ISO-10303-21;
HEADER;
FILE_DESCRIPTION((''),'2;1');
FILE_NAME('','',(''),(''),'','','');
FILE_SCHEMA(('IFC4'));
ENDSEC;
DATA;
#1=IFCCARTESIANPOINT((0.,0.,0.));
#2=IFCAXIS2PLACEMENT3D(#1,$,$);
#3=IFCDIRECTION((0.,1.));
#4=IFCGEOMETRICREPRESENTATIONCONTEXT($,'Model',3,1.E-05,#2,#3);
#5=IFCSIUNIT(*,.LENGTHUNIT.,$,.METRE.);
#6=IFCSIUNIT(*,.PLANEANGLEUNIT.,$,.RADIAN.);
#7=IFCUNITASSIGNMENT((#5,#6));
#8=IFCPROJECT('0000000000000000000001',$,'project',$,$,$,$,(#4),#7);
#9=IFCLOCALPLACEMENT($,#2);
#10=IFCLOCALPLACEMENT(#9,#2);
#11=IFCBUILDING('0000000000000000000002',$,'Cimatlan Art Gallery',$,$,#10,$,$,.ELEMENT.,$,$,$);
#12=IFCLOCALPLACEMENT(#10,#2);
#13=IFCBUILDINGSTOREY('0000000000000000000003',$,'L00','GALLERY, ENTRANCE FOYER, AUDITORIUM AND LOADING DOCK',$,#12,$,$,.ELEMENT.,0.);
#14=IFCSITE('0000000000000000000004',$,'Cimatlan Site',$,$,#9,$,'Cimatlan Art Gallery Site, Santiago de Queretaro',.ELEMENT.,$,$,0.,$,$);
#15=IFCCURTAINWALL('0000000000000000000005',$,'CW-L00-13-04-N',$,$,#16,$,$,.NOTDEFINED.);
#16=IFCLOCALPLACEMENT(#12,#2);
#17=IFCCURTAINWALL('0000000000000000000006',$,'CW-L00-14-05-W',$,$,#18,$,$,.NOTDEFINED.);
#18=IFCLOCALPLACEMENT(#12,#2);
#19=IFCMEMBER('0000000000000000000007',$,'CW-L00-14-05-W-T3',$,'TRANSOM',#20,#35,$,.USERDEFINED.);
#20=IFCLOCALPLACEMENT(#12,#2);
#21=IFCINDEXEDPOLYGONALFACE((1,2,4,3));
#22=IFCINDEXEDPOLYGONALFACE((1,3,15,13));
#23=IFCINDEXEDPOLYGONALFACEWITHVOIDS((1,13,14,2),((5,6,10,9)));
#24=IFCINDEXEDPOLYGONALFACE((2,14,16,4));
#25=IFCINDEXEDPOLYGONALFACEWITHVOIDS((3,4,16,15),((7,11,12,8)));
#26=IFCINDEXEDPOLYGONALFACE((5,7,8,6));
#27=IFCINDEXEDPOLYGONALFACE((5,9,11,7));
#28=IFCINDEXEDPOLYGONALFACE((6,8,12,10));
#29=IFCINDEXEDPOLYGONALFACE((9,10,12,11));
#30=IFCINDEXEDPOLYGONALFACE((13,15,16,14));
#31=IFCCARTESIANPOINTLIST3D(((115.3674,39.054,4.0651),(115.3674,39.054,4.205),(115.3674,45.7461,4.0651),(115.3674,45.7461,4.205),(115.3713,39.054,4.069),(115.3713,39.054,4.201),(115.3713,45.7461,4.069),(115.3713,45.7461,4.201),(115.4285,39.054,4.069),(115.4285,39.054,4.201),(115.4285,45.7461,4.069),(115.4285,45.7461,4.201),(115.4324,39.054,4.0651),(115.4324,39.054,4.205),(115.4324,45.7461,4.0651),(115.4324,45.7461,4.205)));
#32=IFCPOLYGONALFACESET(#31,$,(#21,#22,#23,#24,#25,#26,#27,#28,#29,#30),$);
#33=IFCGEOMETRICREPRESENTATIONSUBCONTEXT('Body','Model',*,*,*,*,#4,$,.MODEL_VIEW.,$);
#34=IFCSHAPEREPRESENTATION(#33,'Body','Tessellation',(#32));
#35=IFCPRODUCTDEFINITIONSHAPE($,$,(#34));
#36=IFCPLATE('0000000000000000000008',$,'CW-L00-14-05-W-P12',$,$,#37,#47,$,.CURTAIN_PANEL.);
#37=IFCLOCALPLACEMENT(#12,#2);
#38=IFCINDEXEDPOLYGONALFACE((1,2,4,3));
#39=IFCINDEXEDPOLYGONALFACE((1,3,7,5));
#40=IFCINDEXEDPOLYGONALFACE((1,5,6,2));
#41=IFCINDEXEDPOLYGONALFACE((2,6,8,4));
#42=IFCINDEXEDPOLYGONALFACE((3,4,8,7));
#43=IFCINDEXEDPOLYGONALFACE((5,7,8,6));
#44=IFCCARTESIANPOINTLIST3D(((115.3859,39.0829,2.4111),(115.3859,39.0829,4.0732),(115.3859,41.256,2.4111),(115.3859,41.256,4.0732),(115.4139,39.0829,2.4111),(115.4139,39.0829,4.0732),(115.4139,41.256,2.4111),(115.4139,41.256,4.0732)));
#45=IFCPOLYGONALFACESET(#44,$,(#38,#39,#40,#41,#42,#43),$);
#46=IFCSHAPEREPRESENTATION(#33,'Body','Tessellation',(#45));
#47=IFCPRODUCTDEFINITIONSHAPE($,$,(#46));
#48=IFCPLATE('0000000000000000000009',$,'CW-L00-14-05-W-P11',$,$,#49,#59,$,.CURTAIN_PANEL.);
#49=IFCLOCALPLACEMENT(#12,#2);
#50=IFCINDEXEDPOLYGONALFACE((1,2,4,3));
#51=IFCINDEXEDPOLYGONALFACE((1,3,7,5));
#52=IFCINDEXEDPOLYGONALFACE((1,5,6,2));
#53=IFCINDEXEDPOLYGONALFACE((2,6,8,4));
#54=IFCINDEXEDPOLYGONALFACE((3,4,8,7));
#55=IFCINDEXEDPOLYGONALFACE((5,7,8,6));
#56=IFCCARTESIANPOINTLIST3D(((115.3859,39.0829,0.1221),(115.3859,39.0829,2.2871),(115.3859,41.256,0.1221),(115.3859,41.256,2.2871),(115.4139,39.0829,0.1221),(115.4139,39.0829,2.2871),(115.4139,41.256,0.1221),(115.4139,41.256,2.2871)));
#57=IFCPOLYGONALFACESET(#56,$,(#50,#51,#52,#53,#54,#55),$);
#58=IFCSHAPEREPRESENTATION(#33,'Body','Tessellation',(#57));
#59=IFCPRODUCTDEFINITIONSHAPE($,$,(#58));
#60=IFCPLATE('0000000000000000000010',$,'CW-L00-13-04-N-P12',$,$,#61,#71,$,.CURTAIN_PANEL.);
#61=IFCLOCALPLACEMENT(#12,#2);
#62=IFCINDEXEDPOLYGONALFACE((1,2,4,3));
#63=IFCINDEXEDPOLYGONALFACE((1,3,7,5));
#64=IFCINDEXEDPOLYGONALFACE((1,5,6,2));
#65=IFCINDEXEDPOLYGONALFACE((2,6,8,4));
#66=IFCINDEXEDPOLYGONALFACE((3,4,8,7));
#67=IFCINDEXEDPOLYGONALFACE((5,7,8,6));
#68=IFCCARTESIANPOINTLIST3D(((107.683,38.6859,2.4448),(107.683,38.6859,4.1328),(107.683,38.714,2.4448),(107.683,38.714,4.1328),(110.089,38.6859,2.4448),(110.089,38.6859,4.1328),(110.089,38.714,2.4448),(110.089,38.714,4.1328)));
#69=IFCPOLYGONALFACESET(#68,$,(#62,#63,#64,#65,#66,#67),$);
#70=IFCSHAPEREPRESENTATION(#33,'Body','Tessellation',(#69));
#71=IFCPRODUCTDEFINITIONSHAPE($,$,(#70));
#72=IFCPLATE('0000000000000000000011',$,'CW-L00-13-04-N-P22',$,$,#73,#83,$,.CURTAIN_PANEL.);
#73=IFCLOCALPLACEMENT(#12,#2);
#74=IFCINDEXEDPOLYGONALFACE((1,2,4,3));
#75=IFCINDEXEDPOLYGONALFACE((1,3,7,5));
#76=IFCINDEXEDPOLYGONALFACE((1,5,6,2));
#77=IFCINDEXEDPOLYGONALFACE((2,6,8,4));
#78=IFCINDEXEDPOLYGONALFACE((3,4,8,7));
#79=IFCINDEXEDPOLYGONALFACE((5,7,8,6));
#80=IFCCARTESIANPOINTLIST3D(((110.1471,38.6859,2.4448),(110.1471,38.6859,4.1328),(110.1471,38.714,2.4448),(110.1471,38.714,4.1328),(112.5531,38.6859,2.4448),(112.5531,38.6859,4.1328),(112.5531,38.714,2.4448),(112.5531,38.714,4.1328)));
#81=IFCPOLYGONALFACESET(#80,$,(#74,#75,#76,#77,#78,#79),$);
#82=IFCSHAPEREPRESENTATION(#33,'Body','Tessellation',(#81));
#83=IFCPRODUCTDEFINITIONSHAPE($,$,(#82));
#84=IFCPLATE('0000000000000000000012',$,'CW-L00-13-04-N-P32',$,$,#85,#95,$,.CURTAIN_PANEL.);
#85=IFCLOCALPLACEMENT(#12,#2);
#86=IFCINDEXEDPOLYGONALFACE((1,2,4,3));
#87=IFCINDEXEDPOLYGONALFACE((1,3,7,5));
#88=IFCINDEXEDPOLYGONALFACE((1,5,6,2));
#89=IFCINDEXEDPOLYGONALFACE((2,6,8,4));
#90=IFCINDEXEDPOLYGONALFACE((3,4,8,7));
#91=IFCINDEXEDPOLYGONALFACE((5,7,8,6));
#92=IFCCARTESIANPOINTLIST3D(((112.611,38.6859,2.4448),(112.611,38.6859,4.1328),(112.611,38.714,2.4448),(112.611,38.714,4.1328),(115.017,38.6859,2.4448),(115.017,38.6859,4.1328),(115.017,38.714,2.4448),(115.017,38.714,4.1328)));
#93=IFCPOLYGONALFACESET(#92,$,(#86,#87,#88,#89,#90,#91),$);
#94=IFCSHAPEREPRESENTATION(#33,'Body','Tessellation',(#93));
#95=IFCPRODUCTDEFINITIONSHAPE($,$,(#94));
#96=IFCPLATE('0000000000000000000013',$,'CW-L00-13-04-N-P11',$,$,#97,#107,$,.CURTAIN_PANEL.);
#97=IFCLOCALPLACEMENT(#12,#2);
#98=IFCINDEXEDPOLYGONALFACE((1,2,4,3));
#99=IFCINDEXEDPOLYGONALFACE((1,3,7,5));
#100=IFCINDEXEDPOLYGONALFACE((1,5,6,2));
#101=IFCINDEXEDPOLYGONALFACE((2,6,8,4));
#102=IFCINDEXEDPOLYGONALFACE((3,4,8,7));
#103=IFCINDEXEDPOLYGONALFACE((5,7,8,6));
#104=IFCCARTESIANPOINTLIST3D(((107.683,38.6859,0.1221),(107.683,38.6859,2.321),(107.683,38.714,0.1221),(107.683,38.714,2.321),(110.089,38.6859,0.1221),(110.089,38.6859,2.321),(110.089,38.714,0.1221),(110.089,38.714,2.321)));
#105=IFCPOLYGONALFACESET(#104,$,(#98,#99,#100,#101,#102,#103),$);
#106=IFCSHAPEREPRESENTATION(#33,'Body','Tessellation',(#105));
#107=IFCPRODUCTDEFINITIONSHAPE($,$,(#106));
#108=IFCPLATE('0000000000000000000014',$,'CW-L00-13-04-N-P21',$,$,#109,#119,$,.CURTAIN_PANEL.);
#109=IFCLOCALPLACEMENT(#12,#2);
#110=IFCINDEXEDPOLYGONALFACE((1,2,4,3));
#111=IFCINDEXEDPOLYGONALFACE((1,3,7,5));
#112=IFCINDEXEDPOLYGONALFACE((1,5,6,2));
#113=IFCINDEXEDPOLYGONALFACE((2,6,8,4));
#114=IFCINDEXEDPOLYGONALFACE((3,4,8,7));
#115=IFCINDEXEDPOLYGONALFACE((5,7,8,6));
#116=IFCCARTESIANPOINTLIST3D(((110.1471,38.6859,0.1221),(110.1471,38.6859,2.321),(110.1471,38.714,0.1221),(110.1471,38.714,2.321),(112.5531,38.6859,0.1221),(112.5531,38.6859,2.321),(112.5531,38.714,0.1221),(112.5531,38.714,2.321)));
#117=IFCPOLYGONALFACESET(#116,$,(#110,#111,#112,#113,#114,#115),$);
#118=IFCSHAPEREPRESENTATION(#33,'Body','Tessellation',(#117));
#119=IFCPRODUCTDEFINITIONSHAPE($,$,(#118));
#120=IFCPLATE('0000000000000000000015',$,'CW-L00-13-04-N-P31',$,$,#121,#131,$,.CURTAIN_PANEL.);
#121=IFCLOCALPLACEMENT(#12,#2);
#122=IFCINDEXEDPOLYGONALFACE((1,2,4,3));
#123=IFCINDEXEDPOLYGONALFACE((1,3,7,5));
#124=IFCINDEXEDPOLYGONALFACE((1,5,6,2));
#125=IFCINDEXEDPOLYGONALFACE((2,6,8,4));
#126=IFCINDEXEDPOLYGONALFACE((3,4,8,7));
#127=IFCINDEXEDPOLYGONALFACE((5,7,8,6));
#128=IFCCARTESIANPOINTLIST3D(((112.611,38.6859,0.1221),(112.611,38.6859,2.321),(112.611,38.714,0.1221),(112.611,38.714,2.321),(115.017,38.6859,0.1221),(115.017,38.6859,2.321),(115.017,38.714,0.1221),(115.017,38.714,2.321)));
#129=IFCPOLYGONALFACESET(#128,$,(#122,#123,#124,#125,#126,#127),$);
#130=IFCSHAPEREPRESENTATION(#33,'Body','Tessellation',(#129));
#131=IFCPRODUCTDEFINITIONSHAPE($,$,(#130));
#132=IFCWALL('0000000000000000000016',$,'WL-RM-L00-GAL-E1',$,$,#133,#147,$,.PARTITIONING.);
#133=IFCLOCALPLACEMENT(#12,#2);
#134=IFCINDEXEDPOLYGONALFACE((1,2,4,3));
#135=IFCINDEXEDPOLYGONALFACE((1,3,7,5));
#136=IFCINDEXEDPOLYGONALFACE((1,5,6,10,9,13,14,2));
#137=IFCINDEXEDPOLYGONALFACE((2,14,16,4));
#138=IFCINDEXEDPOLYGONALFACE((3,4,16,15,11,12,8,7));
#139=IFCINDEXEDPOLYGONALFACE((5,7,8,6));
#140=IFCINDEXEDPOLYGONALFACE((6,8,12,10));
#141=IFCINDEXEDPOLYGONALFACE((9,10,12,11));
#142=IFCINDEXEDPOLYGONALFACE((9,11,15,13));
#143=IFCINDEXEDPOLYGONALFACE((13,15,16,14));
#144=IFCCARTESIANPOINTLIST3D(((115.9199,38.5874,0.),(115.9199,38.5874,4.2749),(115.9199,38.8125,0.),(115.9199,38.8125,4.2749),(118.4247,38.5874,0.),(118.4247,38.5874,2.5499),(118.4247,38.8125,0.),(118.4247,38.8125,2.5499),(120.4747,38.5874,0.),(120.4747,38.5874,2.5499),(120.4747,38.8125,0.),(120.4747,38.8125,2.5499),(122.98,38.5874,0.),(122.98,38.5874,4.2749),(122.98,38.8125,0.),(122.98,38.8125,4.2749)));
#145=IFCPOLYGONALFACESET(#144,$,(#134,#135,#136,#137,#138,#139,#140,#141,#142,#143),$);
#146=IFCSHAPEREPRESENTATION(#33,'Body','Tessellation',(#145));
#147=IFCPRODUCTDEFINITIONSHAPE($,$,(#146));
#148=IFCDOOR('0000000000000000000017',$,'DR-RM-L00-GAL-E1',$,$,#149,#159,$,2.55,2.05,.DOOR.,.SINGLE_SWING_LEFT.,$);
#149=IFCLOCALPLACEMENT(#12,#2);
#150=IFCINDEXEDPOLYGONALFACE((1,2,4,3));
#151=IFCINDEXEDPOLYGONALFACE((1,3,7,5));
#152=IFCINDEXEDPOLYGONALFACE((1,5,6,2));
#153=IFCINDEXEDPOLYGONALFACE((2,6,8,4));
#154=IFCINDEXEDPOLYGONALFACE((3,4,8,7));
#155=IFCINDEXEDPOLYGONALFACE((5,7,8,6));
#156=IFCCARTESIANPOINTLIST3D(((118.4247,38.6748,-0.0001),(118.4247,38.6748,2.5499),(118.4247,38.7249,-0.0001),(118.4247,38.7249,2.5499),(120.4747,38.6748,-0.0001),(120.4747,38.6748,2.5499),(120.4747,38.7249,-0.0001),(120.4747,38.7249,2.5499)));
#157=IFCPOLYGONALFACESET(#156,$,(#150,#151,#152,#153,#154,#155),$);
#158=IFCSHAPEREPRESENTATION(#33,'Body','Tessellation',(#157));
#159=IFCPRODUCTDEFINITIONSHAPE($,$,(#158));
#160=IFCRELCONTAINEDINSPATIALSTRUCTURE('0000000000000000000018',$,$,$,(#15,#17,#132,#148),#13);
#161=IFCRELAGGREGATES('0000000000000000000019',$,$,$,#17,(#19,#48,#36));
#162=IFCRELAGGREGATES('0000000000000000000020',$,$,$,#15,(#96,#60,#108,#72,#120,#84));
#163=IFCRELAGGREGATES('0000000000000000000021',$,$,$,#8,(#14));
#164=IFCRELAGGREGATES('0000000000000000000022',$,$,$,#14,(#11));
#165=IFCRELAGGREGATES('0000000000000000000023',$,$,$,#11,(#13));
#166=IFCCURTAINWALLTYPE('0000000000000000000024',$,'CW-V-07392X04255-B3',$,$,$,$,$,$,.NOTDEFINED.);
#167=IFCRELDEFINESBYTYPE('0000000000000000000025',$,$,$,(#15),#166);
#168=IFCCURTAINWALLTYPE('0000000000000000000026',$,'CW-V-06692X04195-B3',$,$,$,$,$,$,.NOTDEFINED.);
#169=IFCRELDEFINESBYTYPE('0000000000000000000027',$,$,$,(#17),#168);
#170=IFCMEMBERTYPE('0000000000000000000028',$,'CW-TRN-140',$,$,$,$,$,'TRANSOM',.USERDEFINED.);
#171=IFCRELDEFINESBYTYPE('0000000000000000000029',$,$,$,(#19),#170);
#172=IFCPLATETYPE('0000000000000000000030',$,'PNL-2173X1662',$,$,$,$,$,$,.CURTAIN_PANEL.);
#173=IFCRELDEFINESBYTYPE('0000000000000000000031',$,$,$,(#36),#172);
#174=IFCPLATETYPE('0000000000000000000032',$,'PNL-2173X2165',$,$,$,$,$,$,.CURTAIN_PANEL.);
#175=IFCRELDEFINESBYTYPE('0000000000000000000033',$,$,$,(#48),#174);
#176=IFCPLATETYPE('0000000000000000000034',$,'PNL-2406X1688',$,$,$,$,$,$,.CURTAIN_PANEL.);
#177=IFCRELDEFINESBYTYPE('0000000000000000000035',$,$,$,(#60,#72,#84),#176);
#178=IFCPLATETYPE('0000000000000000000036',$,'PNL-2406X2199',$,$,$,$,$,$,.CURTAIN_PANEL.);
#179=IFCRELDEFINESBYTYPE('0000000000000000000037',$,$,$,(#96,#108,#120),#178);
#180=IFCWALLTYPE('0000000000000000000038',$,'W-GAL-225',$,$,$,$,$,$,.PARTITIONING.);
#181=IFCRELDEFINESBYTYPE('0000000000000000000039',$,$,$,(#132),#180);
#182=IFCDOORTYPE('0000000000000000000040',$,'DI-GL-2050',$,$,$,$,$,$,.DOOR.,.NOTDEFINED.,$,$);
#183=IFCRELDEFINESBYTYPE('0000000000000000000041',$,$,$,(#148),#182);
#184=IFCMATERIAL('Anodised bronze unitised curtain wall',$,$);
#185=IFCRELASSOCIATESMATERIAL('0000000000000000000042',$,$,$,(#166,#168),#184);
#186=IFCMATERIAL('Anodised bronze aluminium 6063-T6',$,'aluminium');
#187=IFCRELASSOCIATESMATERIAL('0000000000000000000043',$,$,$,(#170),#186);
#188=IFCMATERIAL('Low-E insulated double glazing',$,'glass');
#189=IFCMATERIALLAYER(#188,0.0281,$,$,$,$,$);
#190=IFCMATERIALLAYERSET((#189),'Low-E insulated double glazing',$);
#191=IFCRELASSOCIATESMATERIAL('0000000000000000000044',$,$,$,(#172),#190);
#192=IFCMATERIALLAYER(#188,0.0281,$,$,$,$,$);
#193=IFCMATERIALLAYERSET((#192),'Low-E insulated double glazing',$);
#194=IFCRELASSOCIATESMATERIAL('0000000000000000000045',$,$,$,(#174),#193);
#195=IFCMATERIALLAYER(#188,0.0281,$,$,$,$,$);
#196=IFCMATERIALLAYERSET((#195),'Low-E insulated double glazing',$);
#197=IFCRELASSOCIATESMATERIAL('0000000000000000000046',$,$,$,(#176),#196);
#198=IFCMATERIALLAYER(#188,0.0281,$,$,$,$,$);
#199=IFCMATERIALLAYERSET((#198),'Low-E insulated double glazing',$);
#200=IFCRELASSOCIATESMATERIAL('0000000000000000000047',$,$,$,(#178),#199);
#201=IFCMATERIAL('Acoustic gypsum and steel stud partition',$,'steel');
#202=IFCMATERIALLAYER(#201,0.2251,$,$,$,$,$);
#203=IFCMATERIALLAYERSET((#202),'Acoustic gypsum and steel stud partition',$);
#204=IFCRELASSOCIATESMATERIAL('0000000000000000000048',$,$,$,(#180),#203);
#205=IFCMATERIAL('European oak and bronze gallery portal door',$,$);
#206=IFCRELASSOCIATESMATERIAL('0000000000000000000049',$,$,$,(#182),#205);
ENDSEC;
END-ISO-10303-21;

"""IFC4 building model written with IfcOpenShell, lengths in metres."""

from ifc_helpers import new_model, si_unit, direction, frame, frame_2d, origin, origin_2d, place, context, subcontext, project, spatial, rectangle, hollow_rectangle, extrude, material, layer, layer_set, material_profile, profile_set, type_object, element, fill, aggregate, save


model = new_model("IFC4")

# Units and contexts
model_context = context("Model", 3, precision=1e-05, world=origin(), true_north=direction((0.0, 1.0)))
body_context = subcontext(model_context, "Body", "Model", "MODEL_VIEW")
ifc_project = project(units=[si_unit("LENGTHUNIT", "METRE"), si_unit("PLANEANGLEUNIT", "RADIAN")], contexts=[model_context])

# Site, building, storey
site_placement = place(None, origin())
site = spatial("IfcSite", under=ifc_project, at=site_placement, Name="Cimatlan Site", LongName="Cimatlan Art Gallery Site, Santiago de Queretaro", CompositionType="ELEMENT", RefElevation=0.0)
building_placement = place(site_placement, origin())
building = spatial("IfcBuilding", under=site, at=building_placement, Name="Cimatlan Art Gallery", CompositionType="ELEMENT")
storey_placement = place(building_placement, origin())
storey = spatial("IfcBuildingStorey", under=building, at=storey_placement, Name="L00", Description="GALLERY, ENTRANCE FOYER, AUDITORIUM AND LOADING DOCK", CompositionType="ELEMENT", Elevation=0.0)

# Curtain wall
ifc_material_1 = material(Name="Anodised bronze unitised curtain wall")
curtain_wall_type_1 = type_object("IfcCurtainWallType", Name="CW-V-07392X04255-B3", PredefinedType="NOTDEFINED", material=ifc_material_1)
curtain_wall_1_placement = place(storey_placement, origin())
curtain_wall_1 = element("IfcCurtainWall", 1, at=curtain_wall_1_placement, inside=storey, type_object=curtain_wall_type_1, Name="CW-L00-13-04-N", PredefinedType="NOTDEFINED")
ifc_material_2 = material(Name="Anodised bronze aluminium 6063-T6", Category="aluminium")

# Curtain wall
curtain_wall_type_2 = type_object("IfcCurtainWallType", Name="CW-V-06692X04195-B3", PredefinedType="NOTDEFINED", material=ifc_material_1)
curtain_wall_2_placement = place(storey_placement, origin())
curtain_wall_2 = element("IfcCurtainWall", 2, at=curtain_wall_2_placement, inside=storey, type_object=curtain_wall_type_2, Name="CW-L00-14-05-W", PredefinedType="NOTDEFINED")

# Member
ifc_material_profile_1 = material_profile(ifc_material_2, hollow_rectangle(XDim=0.0649, YDim=0.1399, WallThickness=0.0039, at=origin_2d()), Name="ALU65X140X4")
ifc_profile_set_1 = profile_set([ifc_material_profile_1], Name="Anodised bronze aluminium 6063-T6")
member_type_1 = type_object("IfcMemberType", Name="CW-TRN-140", ElementType="TRANSOM", PredefinedType="USERDEFINED", material=ifc_profile_set_1)
member_1_placement = place(storey_placement, frame((115.3999, 39.054, 4.135), z_axis=(0.0, 1.0, 0.0), x_axis=(-1.0, 0.0, 0.0)))
member_1 = element("IfcMember", 3, at=member_1_placement, type_object=member_type_1, Name="CW-L00-14-05-W-T3", ObjectType="TRANSOM", PredefinedType="USERDEFINED", context=body_context, shape_type="SweptSolid", body=[
    extrude(hollow_rectangle(XDim=0.0649, YDim=0.1399, WallThickness=0.0039, at=origin_2d()), origin(), (0.0, 0.0, 1.0), 6.6921),
])

# Plates
ifc_material_3 = material(Name="Low-E insulated double glazing", Category="glass")
ifc_layer_1 = layer(ifc_material_3, 0.0281)
ifc_layer_set_1 = layer_set([ifc_layer_1], Name="Low-E insulated double glazing")
plate_type_1 = type_object("IfcPlateType", Name="PNL-2173X1662", PredefinedType="CURTAIN_PANEL", material=ifc_layer_set_1)
plate_1_placement = place(storey_placement, frame((115.3999, 40.1694, 2.4111), z_axis=(0.0, 0.0, 1.0), x_axis=(0.0, 1.0, 0.0)))
plate_1 = element("IfcPlate", 4, at=plate_1_placement, type_object=plate_type_1, Name="CW-L00-14-05-W-P12", PredefinedType="CURTAIN_PANEL", context=body_context, shape_type="SweptSolid", body=[
    extrude(rectangle(XDim=2.1731, YDim=0.0281, at=origin_2d()), origin(), (0.0, 0.0, 1.0), 1.6621),
])
ifc_layer_2 = layer(ifc_material_3, 0.0281)
ifc_layer_set_2 = layer_set([ifc_layer_2], Name="Low-E insulated double glazing")
plate_type_2 = type_object("IfcPlateType", Name="PNL-2173X2165", PredefinedType="CURTAIN_PANEL", material=ifc_layer_set_2)
plate_2_placement = place(storey_placement, frame((115.3999, 40.1694, 0.1221), z_axis=(0.0, 0.0, 1.0), x_axis=(0.0, 1.0, 0.0)))
plate_2 = element("IfcPlate", 5, at=plate_2_placement, type_object=plate_type_2, Name="CW-L00-14-05-W-P11", PredefinedType="CURTAIN_PANEL", context=body_context, shape_type="SweptSolid", body=[
    extrude(rectangle(XDim=2.1731, YDim=0.0281, at=origin_2d()), origin(), (0.0, 0.0, 1.0), 2.165),
])
aggregate(curtain_wall_2, [member_1, plate_2, plate_1])
ifc_layer_3 = layer(ifc_material_3, 0.0281)
ifc_layer_set_3 = layer_set([ifc_layer_3], Name="Low-E insulated double glazing")
plate_type_3 = type_object("IfcPlateType", Name="PNL-2406X1688", PredefinedType="CURTAIN_PANEL", material=ifc_layer_set_3)
plate_3_placement = place(storey_placement, frame((108.886, 38.7, 2.4448), z_axis=(0.0, 0.0, 1.0), x_axis=(1.0, 0.0, 0.0)))
plate_3 = element("IfcPlate", 6, at=plate_3_placement, type_object=plate_type_3, Name="CW-L00-13-04-N-P12", PredefinedType="CURTAIN_PANEL", context=body_context, shape_type="SweptSolid", body=[
    extrude(rectangle(XDim=2.406, YDim=0.0281, at=origin_2d()), origin(), (0.0, 0.0, 1.0), 1.688),
])
plate_4_placement = place(storey_placement, frame((111.3501, 38.7, 2.4448), z_axis=(0.0, 0.0, 1.0), x_axis=(1.0, 0.0, 0.0)))
plate_4 = element("IfcPlate", 7, at=plate_4_placement, type_object=plate_type_3, Name="CW-L00-13-04-N-P22", PredefinedType="CURTAIN_PANEL", context=body_context, shape_type="SweptSolid", body=[
    extrude(rectangle(XDim=2.406, YDim=0.0281, at=origin_2d()), origin(), (0.0, 0.0, 1.0), 1.688),
])
plate_5_placement = place(storey_placement, frame((113.814, 38.7, 2.4448), z_axis=(0.0, 0.0, 1.0), x_axis=(1.0, 0.0, 0.0)))
plate_5 = element("IfcPlate", 8, at=plate_5_placement, type_object=plate_type_3, Name="CW-L00-13-04-N-P32", PredefinedType="CURTAIN_PANEL", context=body_context, shape_type="SweptSolid", body=[
    extrude(rectangle(XDim=2.406, YDim=0.0281, at=origin_2d()), origin(), (0.0, 0.0, 1.0), 1.688),
])
ifc_layer_4 = layer(ifc_material_3, 0.0281)
ifc_layer_set_4 = layer_set([ifc_layer_4], Name="Low-E insulated double glazing")
plate_type_4 = type_object("IfcPlateType", Name="PNL-2406X2199", PredefinedType="CURTAIN_PANEL", material=ifc_layer_set_4)
plate_6_placement = place(storey_placement, frame((108.886, 38.7, 0.1221), z_axis=(0.0, 0.0, 1.0), x_axis=(1.0, 0.0, 0.0)))
plate_6 = element("IfcPlate", 9, at=plate_6_placement, type_object=plate_type_4, Name="CW-L00-13-04-N-P11", PredefinedType="CURTAIN_PANEL", context=body_context, shape_type="SweptSolid", body=[
    extrude(rectangle(XDim=2.406, YDim=0.0281, at=origin_2d()), origin(), (0.0, 0.0, 1.0), 2.199),
])
plate_7_placement = place(storey_placement, frame((111.3501, 38.7, 0.1221), z_axis=(0.0, 0.0, 1.0), x_axis=(1.0, 0.0, 0.0)))
plate_7 = element("IfcPlate", 10, at=plate_7_placement, type_object=plate_type_4, Name="CW-L00-13-04-N-P21", PredefinedType="CURTAIN_PANEL", context=body_context, shape_type="SweptSolid", body=[
    extrude(rectangle(XDim=2.406, YDim=0.0281, at=origin_2d()), origin(), (0.0, 0.0, 1.0), 2.199),
])
plate_8_placement = place(storey_placement, frame((113.814, 38.7, 0.1221), z_axis=(0.0, 0.0, 1.0), x_axis=(1.0, 0.0, 0.0)))
plate_8 = element("IfcPlate", 11, at=plate_8_placement, type_object=plate_type_4, Name="CW-L00-13-04-N-P31", PredefinedType="CURTAIN_PANEL", context=body_context, shape_type="SweptSolid", body=[
    extrude(rectangle(XDim=2.406, YDim=0.0281, at=origin_2d()), origin(), (0.0, 0.0, 1.0), 2.199),
])
aggregate(curtain_wall_1, [plate_6, plate_3, plate_7, plate_4, plate_8, plate_5])

# Wall, opening, door
ifc_material_4 = material(Name="Acoustic gypsum and steel stud partition", Category="steel")
ifc_layer_5 = layer(ifc_material_4, 0.2251)
ifc_layer_set_5 = layer_set([ifc_layer_5], Name="Acoustic gypsum and steel stud partition")
wall_type = type_object("IfcWallType", Name="W-GAL-225", PredefinedType="PARTITIONING", material=ifc_layer_set_5)
wall_placement = place(storey_placement, frame((115.9199, 38.7, 0.0), z_axis=(0.0, 0.0, 1.0), x_axis=(1.0, 0.0, 0.0)))
wall = element("IfcWall", 12, at=wall_placement, inside=storey, type_object=wall_type, Name="WL-RM-L00-GAL-E1", PredefinedType="PARTITIONING", context=body_context, shape_type="SweptSolid", body=[
    extrude(rectangle(XDim=7.0601, YDim=0.2251, at=frame_2d((3.53, 0.0))), origin(), (0.0, 0.0, 1.0), 4.2749),
])
opening_placement = place(wall_placement, frame((2.5049, 0.0, 0.0)))
opening = element("IfcOpeningElement", 13, at=opening_placement, cuts=wall, PredefinedType="OPENING", context=body_context, shape_type="SweptSolid", body=[
    extrude(rectangle(XDim=2.05, YDim=2.55, at=frame_2d((1.0249, 1.2749))), frame((0.0, 0.1226, 0.0), z_axis=(0.0, -1.0, 0.0), x_axis=(1.0, 0.0, 0.0)), (0.0, 0.0, 1.0), 0.2451),
])
ifc_material_5 = material(Name="European oak and bronze gallery portal door")
door_type = type_object("IfcDoorType", Name="DI-GL-2050", OperationType="NOTDEFINED", PredefinedType="DOOR", material=ifc_material_5)
door_placement = place(opening_placement, origin())
door = element("IfcDoor", 14, at=door_placement, inside=storey, type_object=door_type, Name="DR-RM-L00-GAL-E1", OperationType="SINGLE_SWING_LEFT", OverallHeight=2.55, OverallWidth=2.05, PredefinedType="DOOR", context=body_context, shape_type="SweptSolid", body=[
    extrude(rectangle(XDim=2.05, YDim=2.55, at=frame_2d((1.0249, 1.2749))), frame((0.0, 0.0249, 0.0), z_axis=(0.0, -1.0, 0.0), x_axis=(1.0, 0.0, 0.0)), (0.0, 0.0, 1.0), 0.05),
])
fill(opening, door)

save(model, "model.ifc")
